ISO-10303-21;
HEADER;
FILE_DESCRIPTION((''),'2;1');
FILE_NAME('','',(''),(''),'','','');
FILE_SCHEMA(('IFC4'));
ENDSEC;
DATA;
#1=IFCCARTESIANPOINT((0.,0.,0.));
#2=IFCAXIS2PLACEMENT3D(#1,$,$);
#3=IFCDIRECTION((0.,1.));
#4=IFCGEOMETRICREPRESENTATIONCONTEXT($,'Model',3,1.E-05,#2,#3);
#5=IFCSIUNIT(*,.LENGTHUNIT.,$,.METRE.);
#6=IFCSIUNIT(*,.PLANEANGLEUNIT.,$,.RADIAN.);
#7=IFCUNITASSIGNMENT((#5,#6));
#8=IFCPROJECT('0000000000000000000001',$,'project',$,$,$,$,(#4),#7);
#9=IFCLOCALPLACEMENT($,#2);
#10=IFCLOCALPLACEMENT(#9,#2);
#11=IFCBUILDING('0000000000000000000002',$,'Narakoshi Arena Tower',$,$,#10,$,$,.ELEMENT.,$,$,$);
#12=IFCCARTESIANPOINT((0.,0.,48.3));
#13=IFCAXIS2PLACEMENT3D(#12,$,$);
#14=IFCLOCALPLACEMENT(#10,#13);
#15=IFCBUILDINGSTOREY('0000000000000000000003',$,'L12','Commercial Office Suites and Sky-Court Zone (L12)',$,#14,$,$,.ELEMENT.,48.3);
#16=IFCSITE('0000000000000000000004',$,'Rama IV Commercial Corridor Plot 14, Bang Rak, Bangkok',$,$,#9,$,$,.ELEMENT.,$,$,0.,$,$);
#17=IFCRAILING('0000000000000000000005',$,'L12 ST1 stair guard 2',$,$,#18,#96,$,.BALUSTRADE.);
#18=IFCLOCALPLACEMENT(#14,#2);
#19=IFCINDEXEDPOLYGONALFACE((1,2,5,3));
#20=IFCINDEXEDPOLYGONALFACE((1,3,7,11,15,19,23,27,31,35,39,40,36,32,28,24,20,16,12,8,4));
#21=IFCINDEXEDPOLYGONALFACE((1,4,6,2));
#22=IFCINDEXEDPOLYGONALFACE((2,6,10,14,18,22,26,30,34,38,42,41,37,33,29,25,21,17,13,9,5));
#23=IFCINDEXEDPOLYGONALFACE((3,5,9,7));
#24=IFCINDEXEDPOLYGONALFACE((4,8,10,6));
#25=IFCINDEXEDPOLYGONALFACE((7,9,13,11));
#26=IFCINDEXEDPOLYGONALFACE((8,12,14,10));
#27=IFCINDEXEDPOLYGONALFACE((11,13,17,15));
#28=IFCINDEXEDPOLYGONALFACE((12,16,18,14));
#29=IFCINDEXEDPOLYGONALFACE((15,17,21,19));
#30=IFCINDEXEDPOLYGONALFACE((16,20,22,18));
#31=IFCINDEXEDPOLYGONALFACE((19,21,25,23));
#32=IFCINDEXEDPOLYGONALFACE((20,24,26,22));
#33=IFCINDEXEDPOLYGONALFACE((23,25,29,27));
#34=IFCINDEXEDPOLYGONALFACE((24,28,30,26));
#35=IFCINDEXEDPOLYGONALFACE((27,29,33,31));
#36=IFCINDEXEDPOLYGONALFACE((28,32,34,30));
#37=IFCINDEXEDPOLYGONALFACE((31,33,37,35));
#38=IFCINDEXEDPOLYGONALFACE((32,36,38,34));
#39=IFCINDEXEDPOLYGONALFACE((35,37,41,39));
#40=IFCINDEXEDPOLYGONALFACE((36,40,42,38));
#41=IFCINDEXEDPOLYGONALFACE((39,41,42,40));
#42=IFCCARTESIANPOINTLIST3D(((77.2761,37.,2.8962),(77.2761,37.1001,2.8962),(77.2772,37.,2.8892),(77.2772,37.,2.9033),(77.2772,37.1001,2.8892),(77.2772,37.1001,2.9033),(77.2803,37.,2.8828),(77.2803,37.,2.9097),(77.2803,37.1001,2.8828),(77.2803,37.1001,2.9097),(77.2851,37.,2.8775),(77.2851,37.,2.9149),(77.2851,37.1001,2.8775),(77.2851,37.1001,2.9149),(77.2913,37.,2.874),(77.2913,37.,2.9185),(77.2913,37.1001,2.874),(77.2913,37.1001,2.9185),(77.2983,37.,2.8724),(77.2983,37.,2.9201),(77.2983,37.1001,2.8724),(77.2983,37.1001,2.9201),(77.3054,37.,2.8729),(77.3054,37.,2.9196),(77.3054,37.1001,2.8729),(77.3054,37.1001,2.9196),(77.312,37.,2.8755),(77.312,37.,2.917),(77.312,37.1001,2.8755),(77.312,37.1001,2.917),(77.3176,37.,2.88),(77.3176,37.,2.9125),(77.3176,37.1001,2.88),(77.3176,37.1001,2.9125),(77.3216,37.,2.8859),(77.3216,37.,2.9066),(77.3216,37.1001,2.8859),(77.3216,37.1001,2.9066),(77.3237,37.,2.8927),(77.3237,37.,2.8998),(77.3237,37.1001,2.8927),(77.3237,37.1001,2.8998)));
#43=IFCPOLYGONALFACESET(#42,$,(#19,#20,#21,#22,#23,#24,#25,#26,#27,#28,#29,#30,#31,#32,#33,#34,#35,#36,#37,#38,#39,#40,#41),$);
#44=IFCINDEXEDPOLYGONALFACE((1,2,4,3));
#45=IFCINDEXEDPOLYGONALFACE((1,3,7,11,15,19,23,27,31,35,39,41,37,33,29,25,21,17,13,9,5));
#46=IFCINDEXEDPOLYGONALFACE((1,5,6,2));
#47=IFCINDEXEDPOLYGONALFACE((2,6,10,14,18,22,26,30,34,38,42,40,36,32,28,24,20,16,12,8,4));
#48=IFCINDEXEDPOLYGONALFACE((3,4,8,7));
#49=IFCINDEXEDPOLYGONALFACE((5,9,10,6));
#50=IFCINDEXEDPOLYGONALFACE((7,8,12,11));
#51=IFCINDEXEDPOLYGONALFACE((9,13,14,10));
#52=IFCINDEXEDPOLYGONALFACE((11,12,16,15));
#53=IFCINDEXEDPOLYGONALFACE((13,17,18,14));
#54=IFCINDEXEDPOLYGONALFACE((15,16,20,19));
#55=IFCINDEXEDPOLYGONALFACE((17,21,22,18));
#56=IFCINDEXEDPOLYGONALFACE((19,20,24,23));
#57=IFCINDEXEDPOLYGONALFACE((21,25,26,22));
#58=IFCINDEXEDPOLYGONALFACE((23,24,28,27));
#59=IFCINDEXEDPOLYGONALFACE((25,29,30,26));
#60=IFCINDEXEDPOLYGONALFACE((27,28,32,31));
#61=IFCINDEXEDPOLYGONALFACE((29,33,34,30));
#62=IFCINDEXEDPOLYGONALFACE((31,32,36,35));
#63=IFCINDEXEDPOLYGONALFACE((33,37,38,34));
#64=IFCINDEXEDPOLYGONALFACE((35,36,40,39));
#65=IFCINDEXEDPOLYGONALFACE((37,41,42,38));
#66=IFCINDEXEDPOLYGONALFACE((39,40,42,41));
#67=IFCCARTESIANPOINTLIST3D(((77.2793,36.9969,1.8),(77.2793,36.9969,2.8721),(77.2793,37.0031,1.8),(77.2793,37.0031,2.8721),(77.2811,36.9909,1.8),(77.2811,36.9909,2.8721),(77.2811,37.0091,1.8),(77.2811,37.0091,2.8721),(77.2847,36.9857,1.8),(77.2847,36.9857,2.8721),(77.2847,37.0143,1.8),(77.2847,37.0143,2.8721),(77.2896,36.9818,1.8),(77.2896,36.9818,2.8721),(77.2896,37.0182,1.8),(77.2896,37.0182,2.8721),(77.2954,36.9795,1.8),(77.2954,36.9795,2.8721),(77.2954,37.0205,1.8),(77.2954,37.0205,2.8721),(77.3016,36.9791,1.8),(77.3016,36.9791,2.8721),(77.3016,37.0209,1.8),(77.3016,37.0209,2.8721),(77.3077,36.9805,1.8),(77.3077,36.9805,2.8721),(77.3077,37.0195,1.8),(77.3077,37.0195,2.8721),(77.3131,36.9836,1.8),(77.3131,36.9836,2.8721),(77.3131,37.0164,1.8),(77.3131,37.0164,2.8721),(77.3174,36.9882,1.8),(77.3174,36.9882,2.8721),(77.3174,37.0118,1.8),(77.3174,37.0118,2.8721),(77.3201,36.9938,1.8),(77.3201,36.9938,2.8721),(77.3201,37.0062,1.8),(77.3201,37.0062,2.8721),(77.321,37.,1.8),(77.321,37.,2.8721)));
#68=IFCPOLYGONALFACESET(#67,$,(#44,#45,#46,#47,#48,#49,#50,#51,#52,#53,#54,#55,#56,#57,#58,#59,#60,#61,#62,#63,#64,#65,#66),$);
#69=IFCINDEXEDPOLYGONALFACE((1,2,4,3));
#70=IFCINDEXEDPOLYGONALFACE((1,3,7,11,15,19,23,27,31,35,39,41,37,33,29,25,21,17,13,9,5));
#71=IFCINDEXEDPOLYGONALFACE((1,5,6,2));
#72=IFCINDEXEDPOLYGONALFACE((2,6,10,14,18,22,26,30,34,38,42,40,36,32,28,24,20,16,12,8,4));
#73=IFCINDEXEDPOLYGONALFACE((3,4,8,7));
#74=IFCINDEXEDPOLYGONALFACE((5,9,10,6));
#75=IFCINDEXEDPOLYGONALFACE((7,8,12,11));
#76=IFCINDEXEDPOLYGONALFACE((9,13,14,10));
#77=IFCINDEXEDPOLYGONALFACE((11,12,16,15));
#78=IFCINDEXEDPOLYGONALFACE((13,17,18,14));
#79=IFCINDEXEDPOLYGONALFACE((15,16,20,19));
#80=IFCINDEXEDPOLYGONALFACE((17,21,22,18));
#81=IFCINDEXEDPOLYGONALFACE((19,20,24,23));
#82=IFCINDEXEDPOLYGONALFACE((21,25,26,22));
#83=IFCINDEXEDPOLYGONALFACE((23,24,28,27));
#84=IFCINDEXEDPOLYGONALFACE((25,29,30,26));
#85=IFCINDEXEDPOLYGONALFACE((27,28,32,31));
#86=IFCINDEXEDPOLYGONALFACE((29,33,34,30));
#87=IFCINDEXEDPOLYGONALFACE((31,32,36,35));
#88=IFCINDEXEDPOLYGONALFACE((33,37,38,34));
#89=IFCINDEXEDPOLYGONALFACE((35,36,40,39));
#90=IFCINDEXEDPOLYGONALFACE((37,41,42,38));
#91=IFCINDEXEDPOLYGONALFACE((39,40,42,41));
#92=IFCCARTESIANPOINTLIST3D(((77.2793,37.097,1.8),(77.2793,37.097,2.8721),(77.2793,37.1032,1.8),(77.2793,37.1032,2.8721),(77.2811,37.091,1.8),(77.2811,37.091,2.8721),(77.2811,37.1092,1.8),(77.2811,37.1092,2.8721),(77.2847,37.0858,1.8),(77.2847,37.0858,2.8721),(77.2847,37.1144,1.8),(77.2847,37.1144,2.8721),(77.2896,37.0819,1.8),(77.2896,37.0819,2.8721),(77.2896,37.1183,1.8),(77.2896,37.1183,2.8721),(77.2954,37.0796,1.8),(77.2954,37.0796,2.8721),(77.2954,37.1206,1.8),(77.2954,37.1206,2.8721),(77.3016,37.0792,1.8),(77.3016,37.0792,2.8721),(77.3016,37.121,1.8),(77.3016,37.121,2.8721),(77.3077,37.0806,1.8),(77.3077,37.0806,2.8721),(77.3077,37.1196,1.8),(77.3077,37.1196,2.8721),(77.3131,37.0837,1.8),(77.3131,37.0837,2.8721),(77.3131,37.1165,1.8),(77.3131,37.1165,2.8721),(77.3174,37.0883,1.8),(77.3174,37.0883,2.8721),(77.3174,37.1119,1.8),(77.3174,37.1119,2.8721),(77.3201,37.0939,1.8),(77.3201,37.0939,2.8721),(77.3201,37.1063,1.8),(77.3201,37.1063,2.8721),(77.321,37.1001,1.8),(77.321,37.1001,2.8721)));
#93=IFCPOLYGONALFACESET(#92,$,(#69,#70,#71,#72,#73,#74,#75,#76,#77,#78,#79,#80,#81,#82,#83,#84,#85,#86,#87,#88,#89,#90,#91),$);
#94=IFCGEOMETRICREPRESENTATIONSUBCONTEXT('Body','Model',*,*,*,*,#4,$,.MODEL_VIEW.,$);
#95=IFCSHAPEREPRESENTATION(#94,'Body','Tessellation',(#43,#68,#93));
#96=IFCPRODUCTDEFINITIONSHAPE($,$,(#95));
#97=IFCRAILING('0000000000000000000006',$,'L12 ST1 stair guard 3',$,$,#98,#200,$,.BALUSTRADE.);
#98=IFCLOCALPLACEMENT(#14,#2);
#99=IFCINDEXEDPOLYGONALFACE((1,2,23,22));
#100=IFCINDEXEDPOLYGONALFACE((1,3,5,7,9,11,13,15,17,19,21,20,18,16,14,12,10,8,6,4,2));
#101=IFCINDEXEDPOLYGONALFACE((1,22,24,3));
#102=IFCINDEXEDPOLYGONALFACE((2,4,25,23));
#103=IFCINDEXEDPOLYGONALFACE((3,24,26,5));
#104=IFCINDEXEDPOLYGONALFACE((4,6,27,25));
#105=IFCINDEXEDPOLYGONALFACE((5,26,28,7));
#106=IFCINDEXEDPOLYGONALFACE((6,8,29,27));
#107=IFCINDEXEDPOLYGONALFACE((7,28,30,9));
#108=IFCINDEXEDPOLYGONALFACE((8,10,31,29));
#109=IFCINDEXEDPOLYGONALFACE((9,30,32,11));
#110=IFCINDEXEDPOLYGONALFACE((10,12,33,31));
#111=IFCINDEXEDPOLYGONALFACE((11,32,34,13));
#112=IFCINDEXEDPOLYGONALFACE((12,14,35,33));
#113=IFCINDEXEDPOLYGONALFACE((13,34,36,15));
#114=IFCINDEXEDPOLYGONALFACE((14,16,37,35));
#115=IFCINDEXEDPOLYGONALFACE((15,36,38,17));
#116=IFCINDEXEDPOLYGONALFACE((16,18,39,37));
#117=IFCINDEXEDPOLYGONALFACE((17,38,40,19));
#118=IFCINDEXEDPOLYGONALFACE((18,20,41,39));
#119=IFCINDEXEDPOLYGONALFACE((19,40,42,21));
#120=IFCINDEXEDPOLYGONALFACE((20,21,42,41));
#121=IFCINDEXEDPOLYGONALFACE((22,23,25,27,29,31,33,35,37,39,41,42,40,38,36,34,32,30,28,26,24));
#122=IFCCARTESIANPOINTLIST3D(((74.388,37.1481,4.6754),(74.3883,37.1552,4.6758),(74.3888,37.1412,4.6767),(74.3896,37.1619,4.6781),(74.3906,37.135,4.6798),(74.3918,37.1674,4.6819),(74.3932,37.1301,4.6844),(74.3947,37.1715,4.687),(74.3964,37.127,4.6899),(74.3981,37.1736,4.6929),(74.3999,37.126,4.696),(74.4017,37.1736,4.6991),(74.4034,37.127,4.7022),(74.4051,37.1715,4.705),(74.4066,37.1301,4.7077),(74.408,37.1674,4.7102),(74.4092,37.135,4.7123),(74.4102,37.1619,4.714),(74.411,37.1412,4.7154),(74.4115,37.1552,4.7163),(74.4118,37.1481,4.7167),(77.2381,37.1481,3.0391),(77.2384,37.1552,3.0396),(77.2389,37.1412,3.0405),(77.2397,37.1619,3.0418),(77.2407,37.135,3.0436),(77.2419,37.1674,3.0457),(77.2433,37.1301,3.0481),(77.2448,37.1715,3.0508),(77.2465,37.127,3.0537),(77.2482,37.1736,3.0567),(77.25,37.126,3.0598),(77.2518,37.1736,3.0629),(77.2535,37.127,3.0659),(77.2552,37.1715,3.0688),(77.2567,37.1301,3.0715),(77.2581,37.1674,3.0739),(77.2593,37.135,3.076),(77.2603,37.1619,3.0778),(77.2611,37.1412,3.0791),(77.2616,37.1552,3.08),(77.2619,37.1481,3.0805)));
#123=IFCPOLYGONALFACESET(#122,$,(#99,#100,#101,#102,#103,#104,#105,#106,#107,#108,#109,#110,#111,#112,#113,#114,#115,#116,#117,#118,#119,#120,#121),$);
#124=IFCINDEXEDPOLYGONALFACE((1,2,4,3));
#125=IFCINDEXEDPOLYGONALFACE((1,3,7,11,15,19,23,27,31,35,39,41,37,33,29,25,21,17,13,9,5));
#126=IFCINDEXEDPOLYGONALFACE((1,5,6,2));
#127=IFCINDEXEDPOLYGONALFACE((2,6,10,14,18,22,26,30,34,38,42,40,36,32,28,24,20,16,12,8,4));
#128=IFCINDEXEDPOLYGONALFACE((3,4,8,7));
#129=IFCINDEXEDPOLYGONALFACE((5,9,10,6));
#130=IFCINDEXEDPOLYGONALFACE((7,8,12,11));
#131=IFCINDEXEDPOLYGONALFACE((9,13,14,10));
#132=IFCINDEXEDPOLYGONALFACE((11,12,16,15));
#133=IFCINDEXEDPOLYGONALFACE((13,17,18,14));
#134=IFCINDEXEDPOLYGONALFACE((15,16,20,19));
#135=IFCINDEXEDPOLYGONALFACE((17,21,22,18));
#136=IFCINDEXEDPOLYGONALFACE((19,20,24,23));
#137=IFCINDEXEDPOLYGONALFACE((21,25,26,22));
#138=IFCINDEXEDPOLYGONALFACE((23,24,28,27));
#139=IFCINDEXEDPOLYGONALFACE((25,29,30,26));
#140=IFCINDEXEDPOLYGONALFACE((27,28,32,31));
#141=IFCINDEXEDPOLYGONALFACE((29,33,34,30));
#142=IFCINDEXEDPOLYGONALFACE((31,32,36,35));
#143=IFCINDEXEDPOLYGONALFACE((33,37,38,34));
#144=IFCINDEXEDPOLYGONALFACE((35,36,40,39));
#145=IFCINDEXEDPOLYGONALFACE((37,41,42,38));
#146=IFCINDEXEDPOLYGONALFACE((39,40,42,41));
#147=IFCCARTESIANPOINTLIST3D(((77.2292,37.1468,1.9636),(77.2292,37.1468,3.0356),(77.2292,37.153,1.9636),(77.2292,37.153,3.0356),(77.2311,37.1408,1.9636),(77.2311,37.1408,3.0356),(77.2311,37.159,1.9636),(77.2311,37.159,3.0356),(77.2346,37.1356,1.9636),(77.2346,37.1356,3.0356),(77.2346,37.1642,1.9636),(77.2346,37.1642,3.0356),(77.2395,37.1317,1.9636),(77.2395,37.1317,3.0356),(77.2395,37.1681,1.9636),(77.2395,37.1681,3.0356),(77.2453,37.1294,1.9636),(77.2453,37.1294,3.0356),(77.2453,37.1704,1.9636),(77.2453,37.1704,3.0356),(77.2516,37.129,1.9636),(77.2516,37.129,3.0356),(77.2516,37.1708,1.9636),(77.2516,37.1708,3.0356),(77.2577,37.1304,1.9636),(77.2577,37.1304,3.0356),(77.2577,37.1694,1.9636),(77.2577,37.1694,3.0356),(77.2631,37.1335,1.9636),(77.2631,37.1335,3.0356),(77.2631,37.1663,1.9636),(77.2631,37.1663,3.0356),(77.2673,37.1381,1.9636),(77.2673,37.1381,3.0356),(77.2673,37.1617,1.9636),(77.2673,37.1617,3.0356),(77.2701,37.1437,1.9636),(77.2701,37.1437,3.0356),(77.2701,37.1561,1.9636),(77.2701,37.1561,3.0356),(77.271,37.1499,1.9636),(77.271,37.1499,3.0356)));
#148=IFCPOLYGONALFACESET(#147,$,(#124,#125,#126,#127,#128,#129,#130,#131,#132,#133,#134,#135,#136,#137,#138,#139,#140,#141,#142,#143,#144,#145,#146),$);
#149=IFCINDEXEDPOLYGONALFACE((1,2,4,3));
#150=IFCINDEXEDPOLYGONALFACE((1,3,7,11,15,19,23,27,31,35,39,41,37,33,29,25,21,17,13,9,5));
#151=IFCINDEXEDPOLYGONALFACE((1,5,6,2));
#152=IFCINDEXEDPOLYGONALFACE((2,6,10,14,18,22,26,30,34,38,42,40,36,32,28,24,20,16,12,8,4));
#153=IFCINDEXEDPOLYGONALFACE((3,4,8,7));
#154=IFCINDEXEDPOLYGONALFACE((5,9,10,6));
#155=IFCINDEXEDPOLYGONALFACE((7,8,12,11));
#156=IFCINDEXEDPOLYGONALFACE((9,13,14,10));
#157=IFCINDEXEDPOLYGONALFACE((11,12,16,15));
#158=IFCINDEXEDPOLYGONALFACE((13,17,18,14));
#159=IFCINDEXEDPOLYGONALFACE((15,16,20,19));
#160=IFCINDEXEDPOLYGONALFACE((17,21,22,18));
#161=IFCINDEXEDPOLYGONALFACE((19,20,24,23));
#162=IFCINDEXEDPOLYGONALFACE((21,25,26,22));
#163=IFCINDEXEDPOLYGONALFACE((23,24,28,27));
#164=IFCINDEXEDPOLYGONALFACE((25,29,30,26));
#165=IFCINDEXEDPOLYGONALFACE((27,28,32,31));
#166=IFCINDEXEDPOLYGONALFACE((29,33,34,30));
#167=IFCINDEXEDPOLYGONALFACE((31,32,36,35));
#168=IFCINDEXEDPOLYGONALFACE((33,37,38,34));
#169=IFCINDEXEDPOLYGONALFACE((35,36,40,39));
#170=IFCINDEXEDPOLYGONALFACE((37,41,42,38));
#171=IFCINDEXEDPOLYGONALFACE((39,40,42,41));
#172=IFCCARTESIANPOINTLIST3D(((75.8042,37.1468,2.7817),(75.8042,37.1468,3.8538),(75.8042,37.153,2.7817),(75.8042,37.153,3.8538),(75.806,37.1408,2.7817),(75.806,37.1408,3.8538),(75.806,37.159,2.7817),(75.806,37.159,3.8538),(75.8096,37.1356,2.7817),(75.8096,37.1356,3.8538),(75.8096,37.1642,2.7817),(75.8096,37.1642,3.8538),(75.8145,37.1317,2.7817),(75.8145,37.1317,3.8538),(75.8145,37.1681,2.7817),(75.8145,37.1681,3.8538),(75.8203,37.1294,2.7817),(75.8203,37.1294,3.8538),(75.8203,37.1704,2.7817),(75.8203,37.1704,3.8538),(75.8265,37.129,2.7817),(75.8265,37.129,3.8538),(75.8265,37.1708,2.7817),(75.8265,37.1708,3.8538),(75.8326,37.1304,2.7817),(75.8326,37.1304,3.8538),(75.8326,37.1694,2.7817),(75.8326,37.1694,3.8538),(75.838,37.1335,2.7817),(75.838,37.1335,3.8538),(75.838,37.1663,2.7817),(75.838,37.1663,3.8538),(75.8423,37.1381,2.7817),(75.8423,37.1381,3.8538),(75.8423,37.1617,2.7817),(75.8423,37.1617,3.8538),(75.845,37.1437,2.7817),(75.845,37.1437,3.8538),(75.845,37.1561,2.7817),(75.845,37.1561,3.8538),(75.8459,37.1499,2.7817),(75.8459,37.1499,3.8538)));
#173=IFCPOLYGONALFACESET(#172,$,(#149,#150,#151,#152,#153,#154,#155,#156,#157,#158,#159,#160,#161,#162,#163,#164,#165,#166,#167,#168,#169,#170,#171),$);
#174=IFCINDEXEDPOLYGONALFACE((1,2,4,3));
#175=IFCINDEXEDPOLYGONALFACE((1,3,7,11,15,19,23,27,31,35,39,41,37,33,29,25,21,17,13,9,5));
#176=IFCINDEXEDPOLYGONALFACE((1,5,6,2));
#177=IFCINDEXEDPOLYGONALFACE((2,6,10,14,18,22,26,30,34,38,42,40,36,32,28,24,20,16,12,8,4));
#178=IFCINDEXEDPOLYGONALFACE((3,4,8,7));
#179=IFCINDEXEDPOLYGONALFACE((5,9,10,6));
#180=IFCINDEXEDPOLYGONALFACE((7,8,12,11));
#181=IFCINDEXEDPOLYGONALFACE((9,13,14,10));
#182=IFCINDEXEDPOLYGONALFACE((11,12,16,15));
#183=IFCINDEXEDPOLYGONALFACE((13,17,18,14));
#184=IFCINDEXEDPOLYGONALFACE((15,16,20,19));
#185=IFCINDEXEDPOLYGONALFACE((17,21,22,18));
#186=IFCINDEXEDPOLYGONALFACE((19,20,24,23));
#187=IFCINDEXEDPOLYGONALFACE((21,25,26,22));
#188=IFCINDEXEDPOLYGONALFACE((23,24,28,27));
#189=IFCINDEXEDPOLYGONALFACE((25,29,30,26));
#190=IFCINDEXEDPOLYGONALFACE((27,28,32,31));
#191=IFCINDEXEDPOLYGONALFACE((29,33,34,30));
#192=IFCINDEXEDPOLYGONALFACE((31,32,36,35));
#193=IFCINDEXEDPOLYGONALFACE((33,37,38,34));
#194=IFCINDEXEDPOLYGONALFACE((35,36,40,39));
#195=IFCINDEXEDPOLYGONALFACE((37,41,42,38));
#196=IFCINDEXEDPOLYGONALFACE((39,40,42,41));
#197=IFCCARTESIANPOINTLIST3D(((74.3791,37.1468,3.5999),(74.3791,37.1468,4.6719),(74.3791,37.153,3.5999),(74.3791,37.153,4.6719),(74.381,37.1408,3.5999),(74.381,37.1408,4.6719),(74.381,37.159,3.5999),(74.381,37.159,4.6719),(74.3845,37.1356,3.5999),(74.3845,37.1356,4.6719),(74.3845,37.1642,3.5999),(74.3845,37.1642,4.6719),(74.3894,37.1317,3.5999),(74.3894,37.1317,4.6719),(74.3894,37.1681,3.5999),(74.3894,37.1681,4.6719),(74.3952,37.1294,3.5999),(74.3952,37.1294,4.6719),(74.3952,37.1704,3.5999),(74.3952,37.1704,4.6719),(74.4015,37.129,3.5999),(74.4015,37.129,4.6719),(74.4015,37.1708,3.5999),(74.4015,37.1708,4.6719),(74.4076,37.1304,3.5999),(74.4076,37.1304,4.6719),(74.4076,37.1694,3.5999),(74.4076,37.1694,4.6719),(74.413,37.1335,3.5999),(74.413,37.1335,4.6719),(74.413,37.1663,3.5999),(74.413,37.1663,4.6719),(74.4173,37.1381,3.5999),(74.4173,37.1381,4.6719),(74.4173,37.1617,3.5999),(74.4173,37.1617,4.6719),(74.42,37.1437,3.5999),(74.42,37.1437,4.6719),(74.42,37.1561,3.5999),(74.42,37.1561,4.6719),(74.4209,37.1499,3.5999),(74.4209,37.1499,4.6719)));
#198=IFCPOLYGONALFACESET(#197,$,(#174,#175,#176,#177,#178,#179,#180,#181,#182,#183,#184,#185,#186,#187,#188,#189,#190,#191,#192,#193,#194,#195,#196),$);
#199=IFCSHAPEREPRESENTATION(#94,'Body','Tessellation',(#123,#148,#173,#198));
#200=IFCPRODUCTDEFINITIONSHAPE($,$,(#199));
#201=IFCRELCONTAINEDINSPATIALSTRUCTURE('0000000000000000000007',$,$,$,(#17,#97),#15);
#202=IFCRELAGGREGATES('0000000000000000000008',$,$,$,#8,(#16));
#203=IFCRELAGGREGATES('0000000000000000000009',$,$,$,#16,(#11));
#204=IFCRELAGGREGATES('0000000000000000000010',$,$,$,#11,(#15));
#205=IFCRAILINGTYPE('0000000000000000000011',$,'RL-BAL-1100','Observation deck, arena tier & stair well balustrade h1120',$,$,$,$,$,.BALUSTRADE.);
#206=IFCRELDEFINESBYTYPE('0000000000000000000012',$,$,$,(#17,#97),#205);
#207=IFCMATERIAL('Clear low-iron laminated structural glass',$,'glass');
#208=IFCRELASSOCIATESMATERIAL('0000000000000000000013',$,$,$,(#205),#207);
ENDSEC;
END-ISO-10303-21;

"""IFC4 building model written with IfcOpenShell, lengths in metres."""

from ifc_helpers import new_model, si_unit, direction, frame, origin, origin_2d, place, context, subcontext, project, spatial, circle, extrude, material, type_object, element, save


model = new_model("IFC4")

# Units and contexts
model_context = context("Model", 3, precision=1e-05, world=origin(), true_north=direction((0.0, 1.0)))
body_context = subcontext(model_context, "Body", "Model", "MODEL_VIEW")
ifc_project = project(units=[si_unit("LENGTHUNIT", "METRE"), si_unit("PLANEANGLEUNIT", "RADIAN")], contexts=[model_context])

# Site, building, storey
site_placement = place(None, origin())
site = spatial("IfcSite", under=ifc_project, at=site_placement, Name="Rama IV Commercial Corridor Plot 14, Bang Rak, Bangkok", CompositionType="ELEMENT", RefElevation=0.0)
building_placement = place(site_placement, origin())
building = spatial("IfcBuilding", under=site, at=building_placement, Name="Narakoshi Arena Tower", CompositionType="ELEMENT")
storey_placement = place(building_placement, frame((0.0, 0.0, 48.3)))
storey = spatial("IfcBuildingStorey", under=building, at=storey_placement, Name="L12", Description="Commercial Office Suites and Sky-Court Zone (L12)", CompositionType="ELEMENT", Elevation=48.3)

# Railings
ifc_material_1 = material(Name="Clear low-iron laminated structural glass", Category="glass")
railing_type_1 = type_object("IfcRailingType", Name="RL-BAL-1100", Description="Observation deck, arena tier & stair well balustrade h1120", PredefinedType="BALUSTRADE", material=ifc_material_1)
railing_1_placement = place(storey_placement, frame((77.3, 37.0, 1.8)))
element("IfcRailing", 1, at=railing_1_placement, inside=storey, type_object=railing_type_1, Name="L12 ST1 stair guard 2", PredefinedType="BALUSTRADE", context=body_context, shape_type="SweptSolid", body=[
    extrude(circle(Radius=0.0239, at=origin_2d()), frame((0.0, 0.0, 1.0962), z_axis=(0.0, 1.0, 0.0), x_axis=(-1.0, 0.0, 0.0)), (0.0, 0.0, 1.0), 0.1001),
    extrude(circle(Radius=0.021, at=origin_2d()), origin(), (0.0, 0.0, 1.0), 1.072),
    extrude(circle(Radius=0.021, at=origin_2d()), frame((0.0, 0.1001, 0.0)), (0.0, 0.0, 1.0), 1.072),
])
railing_2_placement = place(storey_placement, frame((77.25, 37.1499, 1.9636)))
element("IfcRailing", 2, at=railing_2_placement, inside=storey, type_object=railing_type_1, Name="L12 ST1 stair guard 3", PredefinedType="BALUSTRADE", context=body_context, shape_type="SweptSolid", body=[
    extrude(circle(Radius=0.0239, at=origin_2d()), frame((0.0, 0.0, 1.0962), z_axis=(-0.867245, 0.0, 0.497882), x_axis=(0.0, -1.0, 0.0)), (0.0, 0.0, 1.0), 3.2864),
    extrude(circle(Radius=0.021, at=origin_2d()), origin(), (0.0, 0.0, 1.0), 1.072),
    extrude(circle(Radius=0.021, at=origin_2d()), frame((-1.425, 0.0, 0.8181)), (0.0, 0.0, 1.0), 1.072),
    extrude(circle(Radius=0.021, at=origin_2d()), frame((-2.8501, 0.0, 1.6362)), (0.0, 0.0, 1.0), 1.072),
])

save(model, "model.ifc")
